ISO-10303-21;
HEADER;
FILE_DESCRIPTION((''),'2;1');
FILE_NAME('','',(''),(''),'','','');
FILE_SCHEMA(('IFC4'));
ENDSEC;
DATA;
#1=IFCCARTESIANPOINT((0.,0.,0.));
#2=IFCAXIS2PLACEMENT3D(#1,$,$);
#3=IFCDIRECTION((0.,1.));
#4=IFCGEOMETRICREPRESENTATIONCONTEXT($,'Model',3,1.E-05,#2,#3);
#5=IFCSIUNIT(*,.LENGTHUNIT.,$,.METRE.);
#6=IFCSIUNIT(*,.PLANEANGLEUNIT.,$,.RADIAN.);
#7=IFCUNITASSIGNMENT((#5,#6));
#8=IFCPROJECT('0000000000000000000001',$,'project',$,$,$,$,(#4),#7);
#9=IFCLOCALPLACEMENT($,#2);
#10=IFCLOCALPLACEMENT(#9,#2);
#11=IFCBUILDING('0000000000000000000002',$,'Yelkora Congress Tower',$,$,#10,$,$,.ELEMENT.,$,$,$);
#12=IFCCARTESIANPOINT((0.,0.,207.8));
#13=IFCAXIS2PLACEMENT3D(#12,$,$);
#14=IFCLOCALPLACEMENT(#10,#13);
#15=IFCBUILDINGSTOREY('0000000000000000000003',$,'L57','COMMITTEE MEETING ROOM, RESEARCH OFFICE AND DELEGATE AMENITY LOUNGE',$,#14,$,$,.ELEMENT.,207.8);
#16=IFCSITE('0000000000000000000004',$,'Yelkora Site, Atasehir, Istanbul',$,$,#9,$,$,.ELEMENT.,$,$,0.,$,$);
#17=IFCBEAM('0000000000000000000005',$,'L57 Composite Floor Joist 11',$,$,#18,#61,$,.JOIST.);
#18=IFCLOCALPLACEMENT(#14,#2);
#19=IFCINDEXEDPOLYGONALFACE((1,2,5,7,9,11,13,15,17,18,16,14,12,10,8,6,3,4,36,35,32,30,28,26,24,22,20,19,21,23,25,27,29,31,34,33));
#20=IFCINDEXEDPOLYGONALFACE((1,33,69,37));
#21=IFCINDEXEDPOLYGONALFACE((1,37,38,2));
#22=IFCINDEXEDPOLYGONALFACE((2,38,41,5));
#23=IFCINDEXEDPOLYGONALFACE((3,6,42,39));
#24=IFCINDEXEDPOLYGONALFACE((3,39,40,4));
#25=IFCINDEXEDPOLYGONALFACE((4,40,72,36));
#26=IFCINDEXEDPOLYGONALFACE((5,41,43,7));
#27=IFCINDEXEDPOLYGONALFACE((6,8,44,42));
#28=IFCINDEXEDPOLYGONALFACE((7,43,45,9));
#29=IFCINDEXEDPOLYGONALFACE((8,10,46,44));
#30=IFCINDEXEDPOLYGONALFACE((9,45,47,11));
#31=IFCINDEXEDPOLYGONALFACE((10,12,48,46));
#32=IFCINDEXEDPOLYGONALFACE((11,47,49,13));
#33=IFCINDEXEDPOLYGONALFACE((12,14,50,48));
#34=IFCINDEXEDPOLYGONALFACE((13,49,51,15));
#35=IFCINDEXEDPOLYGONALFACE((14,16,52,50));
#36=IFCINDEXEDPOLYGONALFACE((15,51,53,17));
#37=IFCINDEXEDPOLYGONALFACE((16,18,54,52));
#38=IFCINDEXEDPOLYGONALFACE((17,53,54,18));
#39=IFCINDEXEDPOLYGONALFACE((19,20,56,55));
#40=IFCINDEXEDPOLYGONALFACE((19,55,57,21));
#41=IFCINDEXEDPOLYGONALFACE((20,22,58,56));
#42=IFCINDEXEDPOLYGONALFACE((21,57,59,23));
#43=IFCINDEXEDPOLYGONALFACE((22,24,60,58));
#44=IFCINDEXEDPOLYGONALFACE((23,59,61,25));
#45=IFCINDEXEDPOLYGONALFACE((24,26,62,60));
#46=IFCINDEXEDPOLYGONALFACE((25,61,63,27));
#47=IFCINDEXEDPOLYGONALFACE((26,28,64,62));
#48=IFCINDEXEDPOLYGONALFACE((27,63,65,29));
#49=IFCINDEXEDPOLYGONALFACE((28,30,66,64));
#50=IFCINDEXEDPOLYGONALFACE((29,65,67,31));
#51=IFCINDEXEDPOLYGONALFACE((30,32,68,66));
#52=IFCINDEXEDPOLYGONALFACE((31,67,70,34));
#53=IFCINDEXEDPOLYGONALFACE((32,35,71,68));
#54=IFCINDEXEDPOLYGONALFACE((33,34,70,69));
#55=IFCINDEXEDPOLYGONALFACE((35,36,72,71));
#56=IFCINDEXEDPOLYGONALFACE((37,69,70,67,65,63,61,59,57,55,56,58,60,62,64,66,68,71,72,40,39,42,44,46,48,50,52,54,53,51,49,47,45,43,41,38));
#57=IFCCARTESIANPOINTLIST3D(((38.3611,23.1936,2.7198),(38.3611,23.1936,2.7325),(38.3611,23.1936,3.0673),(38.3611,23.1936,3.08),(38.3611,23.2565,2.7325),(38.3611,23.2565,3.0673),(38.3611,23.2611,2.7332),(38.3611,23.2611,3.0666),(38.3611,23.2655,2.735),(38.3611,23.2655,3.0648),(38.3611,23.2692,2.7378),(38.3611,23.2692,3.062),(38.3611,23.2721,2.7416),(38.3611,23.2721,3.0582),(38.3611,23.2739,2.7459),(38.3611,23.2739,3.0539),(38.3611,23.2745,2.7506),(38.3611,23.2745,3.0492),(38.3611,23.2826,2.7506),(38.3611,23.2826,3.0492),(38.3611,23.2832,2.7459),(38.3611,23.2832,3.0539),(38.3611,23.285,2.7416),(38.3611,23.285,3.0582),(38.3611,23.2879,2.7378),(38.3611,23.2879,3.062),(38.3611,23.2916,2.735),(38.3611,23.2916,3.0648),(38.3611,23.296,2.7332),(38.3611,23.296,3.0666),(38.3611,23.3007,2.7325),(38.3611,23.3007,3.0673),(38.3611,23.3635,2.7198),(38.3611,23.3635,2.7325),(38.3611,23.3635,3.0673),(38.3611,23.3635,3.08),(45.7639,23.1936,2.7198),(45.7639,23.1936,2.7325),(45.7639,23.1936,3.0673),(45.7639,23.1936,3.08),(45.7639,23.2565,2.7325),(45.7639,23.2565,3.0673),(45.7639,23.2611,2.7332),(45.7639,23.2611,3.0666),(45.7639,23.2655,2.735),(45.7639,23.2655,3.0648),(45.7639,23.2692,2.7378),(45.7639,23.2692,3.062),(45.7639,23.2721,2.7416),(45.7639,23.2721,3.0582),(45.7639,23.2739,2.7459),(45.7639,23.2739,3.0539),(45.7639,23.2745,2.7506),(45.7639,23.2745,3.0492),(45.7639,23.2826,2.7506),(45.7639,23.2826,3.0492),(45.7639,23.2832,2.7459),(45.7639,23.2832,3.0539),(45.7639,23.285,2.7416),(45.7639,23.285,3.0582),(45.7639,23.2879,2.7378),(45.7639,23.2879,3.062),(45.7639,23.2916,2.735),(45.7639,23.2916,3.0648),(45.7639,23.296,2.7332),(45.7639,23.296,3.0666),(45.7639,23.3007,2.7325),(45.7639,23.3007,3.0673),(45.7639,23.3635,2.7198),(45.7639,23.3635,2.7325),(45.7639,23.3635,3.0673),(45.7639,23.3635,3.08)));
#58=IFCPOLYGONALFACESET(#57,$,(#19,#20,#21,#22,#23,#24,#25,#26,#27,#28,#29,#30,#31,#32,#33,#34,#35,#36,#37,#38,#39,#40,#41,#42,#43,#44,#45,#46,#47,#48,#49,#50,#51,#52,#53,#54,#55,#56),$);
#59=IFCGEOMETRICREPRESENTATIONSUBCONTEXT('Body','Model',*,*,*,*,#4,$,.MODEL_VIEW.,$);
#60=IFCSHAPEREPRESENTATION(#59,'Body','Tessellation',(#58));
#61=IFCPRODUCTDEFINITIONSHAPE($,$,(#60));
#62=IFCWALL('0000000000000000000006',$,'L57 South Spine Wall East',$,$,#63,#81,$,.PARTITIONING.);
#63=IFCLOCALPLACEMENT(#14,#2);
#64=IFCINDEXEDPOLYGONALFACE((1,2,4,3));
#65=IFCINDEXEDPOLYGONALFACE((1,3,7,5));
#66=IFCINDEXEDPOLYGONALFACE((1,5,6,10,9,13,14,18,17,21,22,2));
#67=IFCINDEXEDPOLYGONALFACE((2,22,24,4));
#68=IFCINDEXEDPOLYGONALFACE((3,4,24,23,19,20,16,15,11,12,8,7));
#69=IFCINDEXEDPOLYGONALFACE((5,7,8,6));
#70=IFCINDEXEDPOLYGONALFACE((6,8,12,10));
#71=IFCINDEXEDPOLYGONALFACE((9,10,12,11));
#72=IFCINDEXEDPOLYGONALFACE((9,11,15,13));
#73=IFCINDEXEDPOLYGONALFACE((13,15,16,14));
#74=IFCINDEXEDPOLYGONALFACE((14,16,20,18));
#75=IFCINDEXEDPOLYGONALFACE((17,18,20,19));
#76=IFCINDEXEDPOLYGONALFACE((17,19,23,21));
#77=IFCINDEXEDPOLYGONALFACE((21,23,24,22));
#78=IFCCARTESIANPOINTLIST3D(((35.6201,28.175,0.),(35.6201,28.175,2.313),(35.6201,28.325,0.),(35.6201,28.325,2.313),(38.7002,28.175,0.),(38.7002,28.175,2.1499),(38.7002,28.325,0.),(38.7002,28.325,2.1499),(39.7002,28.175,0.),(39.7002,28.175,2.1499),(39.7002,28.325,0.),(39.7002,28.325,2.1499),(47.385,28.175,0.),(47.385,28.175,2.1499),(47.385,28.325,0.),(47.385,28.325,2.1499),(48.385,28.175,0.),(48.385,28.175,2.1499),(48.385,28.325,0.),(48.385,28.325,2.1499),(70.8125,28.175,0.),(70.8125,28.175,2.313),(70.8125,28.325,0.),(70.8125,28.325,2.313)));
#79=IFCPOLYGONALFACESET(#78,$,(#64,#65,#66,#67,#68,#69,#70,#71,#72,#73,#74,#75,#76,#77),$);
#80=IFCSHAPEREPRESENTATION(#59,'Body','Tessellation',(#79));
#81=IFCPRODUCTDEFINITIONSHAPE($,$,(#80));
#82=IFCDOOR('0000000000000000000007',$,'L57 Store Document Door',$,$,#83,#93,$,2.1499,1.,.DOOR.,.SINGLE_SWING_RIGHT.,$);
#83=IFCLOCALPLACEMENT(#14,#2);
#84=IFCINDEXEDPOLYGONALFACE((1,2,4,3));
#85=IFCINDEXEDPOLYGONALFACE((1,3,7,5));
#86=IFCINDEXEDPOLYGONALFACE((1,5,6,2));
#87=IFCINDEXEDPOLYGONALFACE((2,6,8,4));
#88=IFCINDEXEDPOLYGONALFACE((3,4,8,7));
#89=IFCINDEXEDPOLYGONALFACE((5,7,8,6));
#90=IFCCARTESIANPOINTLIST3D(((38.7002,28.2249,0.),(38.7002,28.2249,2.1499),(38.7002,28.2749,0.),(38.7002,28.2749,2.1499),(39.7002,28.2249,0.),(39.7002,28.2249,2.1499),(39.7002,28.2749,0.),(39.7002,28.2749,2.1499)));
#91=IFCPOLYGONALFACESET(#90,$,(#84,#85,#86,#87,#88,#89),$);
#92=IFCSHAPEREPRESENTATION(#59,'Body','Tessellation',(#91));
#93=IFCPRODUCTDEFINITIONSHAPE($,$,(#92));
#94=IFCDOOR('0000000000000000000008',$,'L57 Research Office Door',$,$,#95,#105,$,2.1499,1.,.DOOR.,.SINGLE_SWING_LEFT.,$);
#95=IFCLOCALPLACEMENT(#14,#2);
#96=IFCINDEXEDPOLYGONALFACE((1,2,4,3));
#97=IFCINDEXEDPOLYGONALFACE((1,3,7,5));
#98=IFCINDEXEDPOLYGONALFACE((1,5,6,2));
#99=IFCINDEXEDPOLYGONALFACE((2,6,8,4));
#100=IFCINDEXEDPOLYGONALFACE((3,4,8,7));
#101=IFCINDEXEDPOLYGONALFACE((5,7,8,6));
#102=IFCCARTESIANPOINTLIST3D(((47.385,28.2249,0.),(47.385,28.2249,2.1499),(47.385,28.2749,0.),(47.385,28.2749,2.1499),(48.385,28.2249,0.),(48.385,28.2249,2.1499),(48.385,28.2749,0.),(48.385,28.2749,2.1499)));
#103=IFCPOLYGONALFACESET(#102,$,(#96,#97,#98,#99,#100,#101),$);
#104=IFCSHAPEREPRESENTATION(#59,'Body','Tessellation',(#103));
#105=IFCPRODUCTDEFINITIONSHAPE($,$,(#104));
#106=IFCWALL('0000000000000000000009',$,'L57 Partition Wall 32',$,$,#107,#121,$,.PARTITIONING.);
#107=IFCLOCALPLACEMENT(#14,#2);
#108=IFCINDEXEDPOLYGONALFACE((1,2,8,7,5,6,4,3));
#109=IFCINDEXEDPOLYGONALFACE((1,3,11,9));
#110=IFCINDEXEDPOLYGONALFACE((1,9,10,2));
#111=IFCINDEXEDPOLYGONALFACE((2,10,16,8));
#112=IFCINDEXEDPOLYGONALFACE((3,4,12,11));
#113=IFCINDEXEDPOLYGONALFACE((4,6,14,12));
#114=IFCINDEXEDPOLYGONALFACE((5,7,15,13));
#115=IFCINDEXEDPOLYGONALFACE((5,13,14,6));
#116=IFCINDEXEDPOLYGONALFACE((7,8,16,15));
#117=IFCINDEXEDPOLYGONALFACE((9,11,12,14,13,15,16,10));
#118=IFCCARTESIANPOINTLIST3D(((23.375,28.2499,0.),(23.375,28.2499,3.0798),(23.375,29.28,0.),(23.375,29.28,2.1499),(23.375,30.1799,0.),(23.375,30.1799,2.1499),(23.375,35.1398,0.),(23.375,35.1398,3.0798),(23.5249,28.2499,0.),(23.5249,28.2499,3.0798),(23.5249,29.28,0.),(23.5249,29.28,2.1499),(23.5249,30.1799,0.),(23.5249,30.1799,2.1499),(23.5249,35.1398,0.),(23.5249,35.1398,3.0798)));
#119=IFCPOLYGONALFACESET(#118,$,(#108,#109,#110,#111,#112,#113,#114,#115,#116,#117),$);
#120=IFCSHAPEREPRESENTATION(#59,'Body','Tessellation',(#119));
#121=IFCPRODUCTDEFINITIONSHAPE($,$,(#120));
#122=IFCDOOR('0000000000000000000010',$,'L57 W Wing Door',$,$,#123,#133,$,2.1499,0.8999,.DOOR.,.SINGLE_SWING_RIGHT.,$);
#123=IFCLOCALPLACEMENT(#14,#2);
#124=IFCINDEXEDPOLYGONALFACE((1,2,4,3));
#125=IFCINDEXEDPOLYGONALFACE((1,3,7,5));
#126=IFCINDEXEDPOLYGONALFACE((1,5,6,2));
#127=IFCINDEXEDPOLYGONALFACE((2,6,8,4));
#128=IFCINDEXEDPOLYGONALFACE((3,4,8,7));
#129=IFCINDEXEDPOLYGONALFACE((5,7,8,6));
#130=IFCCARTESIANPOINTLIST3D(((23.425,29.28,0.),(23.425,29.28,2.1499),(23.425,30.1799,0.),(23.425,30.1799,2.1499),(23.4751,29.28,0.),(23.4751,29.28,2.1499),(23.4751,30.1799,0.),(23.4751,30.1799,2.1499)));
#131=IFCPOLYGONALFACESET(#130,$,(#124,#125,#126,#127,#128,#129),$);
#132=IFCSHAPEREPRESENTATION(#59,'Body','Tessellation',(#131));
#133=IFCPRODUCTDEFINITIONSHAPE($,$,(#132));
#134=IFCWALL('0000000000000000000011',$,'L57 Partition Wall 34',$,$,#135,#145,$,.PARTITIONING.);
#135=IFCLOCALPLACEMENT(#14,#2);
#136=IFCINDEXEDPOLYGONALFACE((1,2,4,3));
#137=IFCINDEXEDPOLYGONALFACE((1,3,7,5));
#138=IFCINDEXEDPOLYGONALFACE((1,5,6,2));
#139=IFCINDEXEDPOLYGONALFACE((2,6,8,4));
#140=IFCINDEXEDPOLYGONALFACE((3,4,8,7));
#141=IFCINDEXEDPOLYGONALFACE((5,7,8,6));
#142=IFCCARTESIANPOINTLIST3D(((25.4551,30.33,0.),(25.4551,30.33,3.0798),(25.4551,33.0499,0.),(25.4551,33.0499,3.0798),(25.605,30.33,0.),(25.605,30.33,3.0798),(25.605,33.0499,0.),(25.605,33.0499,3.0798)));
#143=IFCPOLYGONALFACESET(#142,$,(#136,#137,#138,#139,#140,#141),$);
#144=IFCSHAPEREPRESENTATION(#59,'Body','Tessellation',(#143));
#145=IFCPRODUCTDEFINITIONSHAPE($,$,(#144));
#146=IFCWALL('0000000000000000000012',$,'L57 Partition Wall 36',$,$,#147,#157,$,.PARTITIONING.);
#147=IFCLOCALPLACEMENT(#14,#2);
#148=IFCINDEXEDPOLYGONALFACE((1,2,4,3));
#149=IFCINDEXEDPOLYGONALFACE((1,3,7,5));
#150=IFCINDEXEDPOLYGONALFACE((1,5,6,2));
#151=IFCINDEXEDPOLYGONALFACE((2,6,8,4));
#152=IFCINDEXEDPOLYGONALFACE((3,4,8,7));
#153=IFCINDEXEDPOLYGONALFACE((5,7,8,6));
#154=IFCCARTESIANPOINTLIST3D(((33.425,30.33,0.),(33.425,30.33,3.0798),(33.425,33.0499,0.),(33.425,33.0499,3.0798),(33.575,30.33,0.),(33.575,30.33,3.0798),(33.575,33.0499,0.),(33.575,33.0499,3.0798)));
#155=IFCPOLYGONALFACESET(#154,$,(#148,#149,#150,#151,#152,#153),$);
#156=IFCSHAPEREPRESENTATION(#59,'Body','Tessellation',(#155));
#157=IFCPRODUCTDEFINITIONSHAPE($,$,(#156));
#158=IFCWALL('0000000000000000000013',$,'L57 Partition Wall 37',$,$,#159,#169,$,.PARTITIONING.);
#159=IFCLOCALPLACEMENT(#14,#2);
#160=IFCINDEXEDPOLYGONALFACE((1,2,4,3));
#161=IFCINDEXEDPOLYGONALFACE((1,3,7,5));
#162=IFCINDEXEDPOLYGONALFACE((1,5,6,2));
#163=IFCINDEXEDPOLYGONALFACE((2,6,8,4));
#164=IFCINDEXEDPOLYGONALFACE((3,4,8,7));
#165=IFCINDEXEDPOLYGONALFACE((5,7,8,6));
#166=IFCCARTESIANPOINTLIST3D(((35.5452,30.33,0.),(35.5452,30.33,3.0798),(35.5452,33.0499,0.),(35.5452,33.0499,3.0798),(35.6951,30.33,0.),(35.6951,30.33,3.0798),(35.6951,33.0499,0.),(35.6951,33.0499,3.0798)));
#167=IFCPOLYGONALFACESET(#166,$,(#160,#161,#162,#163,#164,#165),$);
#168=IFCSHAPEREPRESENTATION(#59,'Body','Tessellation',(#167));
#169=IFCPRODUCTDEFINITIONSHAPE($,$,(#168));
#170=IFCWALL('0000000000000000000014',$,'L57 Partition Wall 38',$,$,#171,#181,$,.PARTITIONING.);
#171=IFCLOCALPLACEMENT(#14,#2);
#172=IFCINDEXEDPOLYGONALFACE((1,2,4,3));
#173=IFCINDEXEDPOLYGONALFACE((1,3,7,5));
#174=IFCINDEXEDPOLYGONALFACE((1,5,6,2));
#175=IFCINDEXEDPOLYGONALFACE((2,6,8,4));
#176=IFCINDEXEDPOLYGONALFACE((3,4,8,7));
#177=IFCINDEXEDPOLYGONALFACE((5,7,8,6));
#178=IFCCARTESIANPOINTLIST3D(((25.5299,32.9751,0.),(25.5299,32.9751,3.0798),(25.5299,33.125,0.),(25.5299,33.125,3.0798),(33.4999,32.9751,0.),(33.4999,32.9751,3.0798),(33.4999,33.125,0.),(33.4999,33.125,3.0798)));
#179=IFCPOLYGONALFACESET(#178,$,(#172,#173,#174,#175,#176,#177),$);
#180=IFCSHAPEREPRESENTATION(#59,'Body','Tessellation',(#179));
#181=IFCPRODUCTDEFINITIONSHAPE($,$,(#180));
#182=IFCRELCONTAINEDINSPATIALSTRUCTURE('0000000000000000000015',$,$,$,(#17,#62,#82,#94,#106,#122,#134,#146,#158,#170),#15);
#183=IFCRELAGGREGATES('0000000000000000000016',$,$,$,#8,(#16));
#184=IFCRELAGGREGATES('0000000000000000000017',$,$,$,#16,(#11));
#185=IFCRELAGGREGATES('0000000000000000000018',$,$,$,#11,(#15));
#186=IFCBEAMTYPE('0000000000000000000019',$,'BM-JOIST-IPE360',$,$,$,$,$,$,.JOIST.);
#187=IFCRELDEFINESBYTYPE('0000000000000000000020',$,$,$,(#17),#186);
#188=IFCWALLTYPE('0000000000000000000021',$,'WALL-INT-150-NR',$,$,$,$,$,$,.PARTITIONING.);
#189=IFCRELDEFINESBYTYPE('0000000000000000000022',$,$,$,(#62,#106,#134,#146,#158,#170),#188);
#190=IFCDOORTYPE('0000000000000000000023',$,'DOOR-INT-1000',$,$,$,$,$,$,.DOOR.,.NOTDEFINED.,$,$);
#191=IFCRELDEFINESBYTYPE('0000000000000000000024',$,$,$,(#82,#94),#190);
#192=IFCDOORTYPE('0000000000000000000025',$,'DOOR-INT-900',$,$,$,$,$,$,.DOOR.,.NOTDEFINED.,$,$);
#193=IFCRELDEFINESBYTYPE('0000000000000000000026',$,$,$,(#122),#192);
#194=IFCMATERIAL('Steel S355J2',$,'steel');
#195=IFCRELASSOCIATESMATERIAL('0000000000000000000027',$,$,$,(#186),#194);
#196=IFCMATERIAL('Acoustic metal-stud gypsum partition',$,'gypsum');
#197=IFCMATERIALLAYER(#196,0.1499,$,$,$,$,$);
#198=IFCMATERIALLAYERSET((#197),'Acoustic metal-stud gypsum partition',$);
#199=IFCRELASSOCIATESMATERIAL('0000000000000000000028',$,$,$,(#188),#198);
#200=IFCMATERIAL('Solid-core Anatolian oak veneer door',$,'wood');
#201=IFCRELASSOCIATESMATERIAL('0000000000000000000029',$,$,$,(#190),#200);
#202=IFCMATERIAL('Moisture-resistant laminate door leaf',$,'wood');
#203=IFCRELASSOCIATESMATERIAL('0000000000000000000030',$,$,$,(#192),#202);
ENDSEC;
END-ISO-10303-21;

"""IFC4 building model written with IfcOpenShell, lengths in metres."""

from ifc_helpers import new_model, si_unit, direction, frame, frame_2d, origin, origin_2d, place, context, subcontext, project, spatial, rectangle, i_section, extrude, material, layer, layer_set, material_profile, profile_set, type_object, element, fill, save


model = new_model("IFC4")

# Units and contexts
model_context = context("Model", 3, precision=1e-05, world=origin(), true_north=direction((0.0, 1.0)))
body_context = subcontext(model_context, "Body", "Model", "MODEL_VIEW")
ifc_project = project(units=[si_unit("LENGTHUNIT", "METRE"), si_unit("PLANEANGLEUNIT", "RADIAN")], contexts=[model_context])

# Site, building, storey
site_placement = place(None, origin())
site = spatial("IfcSite", under=ifc_project, at=site_placement, Name="Yelkora Site, Atasehir, Istanbul", CompositionType="ELEMENT", RefElevation=0.0)
building_placement = place(site_placement, origin())
building = spatial("IfcBuilding", under=site, at=building_placement, Name="Yelkora Congress Tower", CompositionType="ELEMENT")
storey_placement = place(building_placement, frame((0.0, 0.0, 207.8)))
storey = spatial("IfcBuildingStorey", under=building, at=storey_placement, Name="L57", Description="COMMITTEE MEETING ROOM, RESEARCH OFFICE AND DELEGATE AMENITY LOUNGE", CompositionType="ELEMENT", Elevation=207.8)

# Beam
ifc_material_1 = material(Name="Steel S355J2", Category="steel")
ifc_material_profile_1 = material_profile(ifc_material_1, i_section(OverallWidth=0.1699, OverallDepth=0.3601, WebThickness=0.0081, FlangeThickness=0.0127, FilletRadius=0.0181, at=origin_2d()), Name="IPE 360")
ifc_profile_set_1 = profile_set([ifc_material_profile_1], Name="Steel S355J2")
beam_type_1 = type_object("IfcBeamType", Name="BM-JOIST-IPE360", PredefinedType="JOIST", material=ifc_profile_set_1)
beam_1_placement = place(storey_placement, frame((38.3611, 23.2786, 2.8999), z_axis=(1.0, 0.0, 0.0), x_axis=(0.0, 1.0, 0.0)))
element("IfcBeam", 1, at=beam_1_placement, inside=storey, type_object=beam_type_1, Name="L57 Composite Floor Joist 11", PredefinedType="JOIST", context=body_context, shape_type="SweptSolid", body=[
    extrude(i_section(OverallWidth=0.1699, OverallDepth=0.3601, WebThickness=0.0081, FlangeThickness=0.0127, FilletRadius=0.0181, at=origin_2d()), origin(), (0.0, 0.0, 1.0), 7.4028),
])

# Wall, openings, doors
ifc_material_2 = material(Name="Acoustic metal-stud gypsum partition", Category="gypsum")
ifc_layer = layer(ifc_material_2, 0.1499)
ifc_layer_set = layer_set([ifc_layer], Name="Acoustic metal-stud gypsum partition")
wall_type = type_object("IfcWallType", Name="WALL-INT-150-NR", PredefinedType="PARTITIONING", material=ifc_layer_set)
wall_1_placement = place(storey_placement, frame((35.6201, 28.25, 0.0), z_axis=(0.0, 0.0, 1.0), x_axis=(1.0, 0.0, 0.0)))
wall_1 = element("IfcWall", 2, at=wall_1_placement, inside=storey, type_object=wall_type, Name="L57 South Spine Wall East", PredefinedType="PARTITIONING", context=body_context, shape_type="SweptSolid", body=[
    extrude(rectangle(XDim=35.1924, YDim=0.1499, at=frame_2d((17.5962, 0.0))), origin(), (0.0, 0.0, 1.0), 2.313),
])
opening_1_placement = place(wall_1_placement, frame((3.0801, 0.0, 0.0)))
opening_1 = element("IfcOpeningElement", 3, at=opening_1_placement, cuts=wall_1, PredefinedType="OPENING", context=body_context, shape_type="SweptSolid", body=[
    extrude(rectangle(XDim=1.0, YDim=2.1499, at=frame_2d((0.5, 1.075))), frame((0.0, 0.085, 0.0), z_axis=(0.0, -1.0, 0.0), x_axis=(1.0, 0.0, 0.0)), (0.0, 0.0, 1.0), 0.1699),
])
opening_2_placement = place(wall_1_placement, frame((11.7649, 0.0, 0.0)))
opening_2 = element("IfcOpeningElement", 4, at=opening_2_placement, cuts=wall_1, PredefinedType="OPENING", context=body_context, shape_type="SweptSolid", body=[
    extrude(rectangle(XDim=1.0, YDim=2.1499, at=frame_2d((0.5, 1.075))), frame((0.0, 0.085, 0.0), z_axis=(0.0, -1.0, 0.0), x_axis=(1.0, 0.0, 0.0)), (0.0, 0.0, 1.0), 0.1699),
])
ifc_material_3 = material(Name="Solid-core Anatolian oak veneer door", Category="wood")
door_type_1 = type_object("IfcDoorType", Name="DOOR-INT-1000", OperationType="NOTDEFINED", PredefinedType="DOOR", material=ifc_material_3)
door_1_placement = place(opening_1_placement, origin())
door_1 = element("IfcDoor", 5, at=door_1_placement, inside=storey, type_object=door_type_1, Name="L57 Store Document Door", OperationType="SINGLE_SWING_RIGHT", OverallHeight=2.1499, OverallWidth=1.0, PredefinedType="DOOR", context=body_context, shape_type="SweptSolid", body=[
    extrude(rectangle(XDim=1.0, YDim=2.1499, at=frame_2d((0.5, 1.075))), frame((0.0, 0.0249, 0.0), z_axis=(0.0, -1.0, 0.0), x_axis=(1.0, 0.0, 0.0)), (0.0, 0.0, 1.0), 0.05),
])
fill(opening_1, door_1)
door_2_placement = place(opening_2_placement, origin())
door_2 = element("IfcDoor", 6, at=door_2_placement, inside=storey, type_object=door_type_1, Name="L57 Research Office Door", OperationType="SINGLE_SWING_LEFT", OverallHeight=2.1499, OverallWidth=1.0, PredefinedType="DOOR", context=body_context, shape_type="SweptSolid", body=[
    extrude(rectangle(XDim=1.0, YDim=2.1499, at=frame_2d((0.5, 1.075))), frame((0.0, 0.0249, 0.0), z_axis=(0.0, -1.0, 0.0), x_axis=(1.0, 0.0, 0.0)), (0.0, 0.0, 1.0), 0.05),
])
fill(opening_2, door_2)

# Wall, opening, door
wall_2_placement = place(storey_placement, frame((23.45, 28.25, 0.0), z_axis=(0.0, 0.0, 1.0), x_axis=(0.0, 1.0, 0.0)))
wall_2 = element("IfcWall", 7, at=wall_2_placement, inside=storey, type_object=wall_type, Name="L57 Partition Wall 32", PredefinedType="PARTITIONING", context=body_context, shape_type="SweptSolid", body=[
    extrude(rectangle(XDim=6.8899, YDim=0.1499, at=frame_2d((3.4448, 0.0))), origin(), (0.0, 0.0, 1.0), 3.0798),
])
opening_3_placement = place(wall_2_placement, frame((1.03, 0.0, 0.0)))
opening_3 = element("IfcOpeningElement", 8, at=opening_3_placement, cuts=wall_2, PredefinedType="OPENING", context=body_context, shape_type="SweptSolid", body=[
    extrude(rectangle(XDim=0.8999, YDim=2.1499, at=frame_2d((0.45, 1.075))), frame((0.0, 0.085, 0.0), z_axis=(0.0, -1.0, 0.0), x_axis=(1.0, 0.0, 0.0)), (0.0, 0.0, 1.0), 0.1699),
])
ifc_material_4 = material(Name="Moisture-resistant laminate door leaf", Category="wood")
door_type_2 = type_object("IfcDoorType", Name="DOOR-INT-900", OperationType="NOTDEFINED", PredefinedType="DOOR", material=ifc_material_4)
door_3_placement = place(opening_3_placement, origin())
door_3 = element("IfcDoor", 9, at=door_3_placement, inside=storey, type_object=door_type_2, Name="L57 W Wing Door", OperationType="SINGLE_SWING_RIGHT", OverallHeight=2.1499, OverallWidth=0.8999, PredefinedType="DOOR", context=body_context, shape_type="SweptSolid", body=[
    extrude(rectangle(XDim=0.8999, YDim=2.1499, at=frame_2d((0.45, 1.075))), frame((0.0, 0.0249, 0.0), z_axis=(0.0, -1.0, 0.0), x_axis=(1.0, 0.0, 0.0)), (0.0, 0.0, 1.0), 0.05),
])
fill(opening_3, door_3)

# Walls
for number, where, z_axis, x_axis, name in (
    (10, (25.53, 30.3301, 0.0), (0.0, 0.0, 1.0), (0.0, 1.0, 0.0), "L57 Partition Wall 34"),
    (11, (33.5, 30.3301, 0.0), (0.0, 0.0, 1.0), (0.0, 1.0, 0.0), "L57 Partition Wall 36"),
    (12, (35.6201, 30.3301, 0.0), (0.0, 0.0, 1.0), (0.0, 1.0, 0.0), "L57 Partition Wall 37"),
):
    element("IfcWall", number, at=place(storey_placement, frame(where, z_axis=z_axis, x_axis=x_axis)), inside=storey, type_object=wall_type, Name=name, PredefinedType="PARTITIONING", context=body_context, shape_type="SweptSolid", body=[
        extrude(rectangle(XDim=2.72, YDim=0.1499, at=frame_2d((1.3599, 0.0))), origin(), (0.0, 0.0, 1.0), 3.0798),
    ])
wall_3_placement = place(storey_placement, frame((25.53, 33.05, 0.0), z_axis=(0.0, 0.0, 1.0), x_axis=(1.0, 0.0, 0.0)))
element("IfcWall", 13, at=wall_3_placement, inside=storey, type_object=wall_type, Name="L57 Partition Wall 38", PredefinedType="PARTITIONING", context=body_context, shape_type="SweptSolid", body=[
    extrude(rectangle(XDim=7.97, YDim=0.1499, at=frame_2d((3.9849, 0.0))), origin(), (0.0, 0.0, 1.0), 3.0798),
])

save(model, "model.ifc")
